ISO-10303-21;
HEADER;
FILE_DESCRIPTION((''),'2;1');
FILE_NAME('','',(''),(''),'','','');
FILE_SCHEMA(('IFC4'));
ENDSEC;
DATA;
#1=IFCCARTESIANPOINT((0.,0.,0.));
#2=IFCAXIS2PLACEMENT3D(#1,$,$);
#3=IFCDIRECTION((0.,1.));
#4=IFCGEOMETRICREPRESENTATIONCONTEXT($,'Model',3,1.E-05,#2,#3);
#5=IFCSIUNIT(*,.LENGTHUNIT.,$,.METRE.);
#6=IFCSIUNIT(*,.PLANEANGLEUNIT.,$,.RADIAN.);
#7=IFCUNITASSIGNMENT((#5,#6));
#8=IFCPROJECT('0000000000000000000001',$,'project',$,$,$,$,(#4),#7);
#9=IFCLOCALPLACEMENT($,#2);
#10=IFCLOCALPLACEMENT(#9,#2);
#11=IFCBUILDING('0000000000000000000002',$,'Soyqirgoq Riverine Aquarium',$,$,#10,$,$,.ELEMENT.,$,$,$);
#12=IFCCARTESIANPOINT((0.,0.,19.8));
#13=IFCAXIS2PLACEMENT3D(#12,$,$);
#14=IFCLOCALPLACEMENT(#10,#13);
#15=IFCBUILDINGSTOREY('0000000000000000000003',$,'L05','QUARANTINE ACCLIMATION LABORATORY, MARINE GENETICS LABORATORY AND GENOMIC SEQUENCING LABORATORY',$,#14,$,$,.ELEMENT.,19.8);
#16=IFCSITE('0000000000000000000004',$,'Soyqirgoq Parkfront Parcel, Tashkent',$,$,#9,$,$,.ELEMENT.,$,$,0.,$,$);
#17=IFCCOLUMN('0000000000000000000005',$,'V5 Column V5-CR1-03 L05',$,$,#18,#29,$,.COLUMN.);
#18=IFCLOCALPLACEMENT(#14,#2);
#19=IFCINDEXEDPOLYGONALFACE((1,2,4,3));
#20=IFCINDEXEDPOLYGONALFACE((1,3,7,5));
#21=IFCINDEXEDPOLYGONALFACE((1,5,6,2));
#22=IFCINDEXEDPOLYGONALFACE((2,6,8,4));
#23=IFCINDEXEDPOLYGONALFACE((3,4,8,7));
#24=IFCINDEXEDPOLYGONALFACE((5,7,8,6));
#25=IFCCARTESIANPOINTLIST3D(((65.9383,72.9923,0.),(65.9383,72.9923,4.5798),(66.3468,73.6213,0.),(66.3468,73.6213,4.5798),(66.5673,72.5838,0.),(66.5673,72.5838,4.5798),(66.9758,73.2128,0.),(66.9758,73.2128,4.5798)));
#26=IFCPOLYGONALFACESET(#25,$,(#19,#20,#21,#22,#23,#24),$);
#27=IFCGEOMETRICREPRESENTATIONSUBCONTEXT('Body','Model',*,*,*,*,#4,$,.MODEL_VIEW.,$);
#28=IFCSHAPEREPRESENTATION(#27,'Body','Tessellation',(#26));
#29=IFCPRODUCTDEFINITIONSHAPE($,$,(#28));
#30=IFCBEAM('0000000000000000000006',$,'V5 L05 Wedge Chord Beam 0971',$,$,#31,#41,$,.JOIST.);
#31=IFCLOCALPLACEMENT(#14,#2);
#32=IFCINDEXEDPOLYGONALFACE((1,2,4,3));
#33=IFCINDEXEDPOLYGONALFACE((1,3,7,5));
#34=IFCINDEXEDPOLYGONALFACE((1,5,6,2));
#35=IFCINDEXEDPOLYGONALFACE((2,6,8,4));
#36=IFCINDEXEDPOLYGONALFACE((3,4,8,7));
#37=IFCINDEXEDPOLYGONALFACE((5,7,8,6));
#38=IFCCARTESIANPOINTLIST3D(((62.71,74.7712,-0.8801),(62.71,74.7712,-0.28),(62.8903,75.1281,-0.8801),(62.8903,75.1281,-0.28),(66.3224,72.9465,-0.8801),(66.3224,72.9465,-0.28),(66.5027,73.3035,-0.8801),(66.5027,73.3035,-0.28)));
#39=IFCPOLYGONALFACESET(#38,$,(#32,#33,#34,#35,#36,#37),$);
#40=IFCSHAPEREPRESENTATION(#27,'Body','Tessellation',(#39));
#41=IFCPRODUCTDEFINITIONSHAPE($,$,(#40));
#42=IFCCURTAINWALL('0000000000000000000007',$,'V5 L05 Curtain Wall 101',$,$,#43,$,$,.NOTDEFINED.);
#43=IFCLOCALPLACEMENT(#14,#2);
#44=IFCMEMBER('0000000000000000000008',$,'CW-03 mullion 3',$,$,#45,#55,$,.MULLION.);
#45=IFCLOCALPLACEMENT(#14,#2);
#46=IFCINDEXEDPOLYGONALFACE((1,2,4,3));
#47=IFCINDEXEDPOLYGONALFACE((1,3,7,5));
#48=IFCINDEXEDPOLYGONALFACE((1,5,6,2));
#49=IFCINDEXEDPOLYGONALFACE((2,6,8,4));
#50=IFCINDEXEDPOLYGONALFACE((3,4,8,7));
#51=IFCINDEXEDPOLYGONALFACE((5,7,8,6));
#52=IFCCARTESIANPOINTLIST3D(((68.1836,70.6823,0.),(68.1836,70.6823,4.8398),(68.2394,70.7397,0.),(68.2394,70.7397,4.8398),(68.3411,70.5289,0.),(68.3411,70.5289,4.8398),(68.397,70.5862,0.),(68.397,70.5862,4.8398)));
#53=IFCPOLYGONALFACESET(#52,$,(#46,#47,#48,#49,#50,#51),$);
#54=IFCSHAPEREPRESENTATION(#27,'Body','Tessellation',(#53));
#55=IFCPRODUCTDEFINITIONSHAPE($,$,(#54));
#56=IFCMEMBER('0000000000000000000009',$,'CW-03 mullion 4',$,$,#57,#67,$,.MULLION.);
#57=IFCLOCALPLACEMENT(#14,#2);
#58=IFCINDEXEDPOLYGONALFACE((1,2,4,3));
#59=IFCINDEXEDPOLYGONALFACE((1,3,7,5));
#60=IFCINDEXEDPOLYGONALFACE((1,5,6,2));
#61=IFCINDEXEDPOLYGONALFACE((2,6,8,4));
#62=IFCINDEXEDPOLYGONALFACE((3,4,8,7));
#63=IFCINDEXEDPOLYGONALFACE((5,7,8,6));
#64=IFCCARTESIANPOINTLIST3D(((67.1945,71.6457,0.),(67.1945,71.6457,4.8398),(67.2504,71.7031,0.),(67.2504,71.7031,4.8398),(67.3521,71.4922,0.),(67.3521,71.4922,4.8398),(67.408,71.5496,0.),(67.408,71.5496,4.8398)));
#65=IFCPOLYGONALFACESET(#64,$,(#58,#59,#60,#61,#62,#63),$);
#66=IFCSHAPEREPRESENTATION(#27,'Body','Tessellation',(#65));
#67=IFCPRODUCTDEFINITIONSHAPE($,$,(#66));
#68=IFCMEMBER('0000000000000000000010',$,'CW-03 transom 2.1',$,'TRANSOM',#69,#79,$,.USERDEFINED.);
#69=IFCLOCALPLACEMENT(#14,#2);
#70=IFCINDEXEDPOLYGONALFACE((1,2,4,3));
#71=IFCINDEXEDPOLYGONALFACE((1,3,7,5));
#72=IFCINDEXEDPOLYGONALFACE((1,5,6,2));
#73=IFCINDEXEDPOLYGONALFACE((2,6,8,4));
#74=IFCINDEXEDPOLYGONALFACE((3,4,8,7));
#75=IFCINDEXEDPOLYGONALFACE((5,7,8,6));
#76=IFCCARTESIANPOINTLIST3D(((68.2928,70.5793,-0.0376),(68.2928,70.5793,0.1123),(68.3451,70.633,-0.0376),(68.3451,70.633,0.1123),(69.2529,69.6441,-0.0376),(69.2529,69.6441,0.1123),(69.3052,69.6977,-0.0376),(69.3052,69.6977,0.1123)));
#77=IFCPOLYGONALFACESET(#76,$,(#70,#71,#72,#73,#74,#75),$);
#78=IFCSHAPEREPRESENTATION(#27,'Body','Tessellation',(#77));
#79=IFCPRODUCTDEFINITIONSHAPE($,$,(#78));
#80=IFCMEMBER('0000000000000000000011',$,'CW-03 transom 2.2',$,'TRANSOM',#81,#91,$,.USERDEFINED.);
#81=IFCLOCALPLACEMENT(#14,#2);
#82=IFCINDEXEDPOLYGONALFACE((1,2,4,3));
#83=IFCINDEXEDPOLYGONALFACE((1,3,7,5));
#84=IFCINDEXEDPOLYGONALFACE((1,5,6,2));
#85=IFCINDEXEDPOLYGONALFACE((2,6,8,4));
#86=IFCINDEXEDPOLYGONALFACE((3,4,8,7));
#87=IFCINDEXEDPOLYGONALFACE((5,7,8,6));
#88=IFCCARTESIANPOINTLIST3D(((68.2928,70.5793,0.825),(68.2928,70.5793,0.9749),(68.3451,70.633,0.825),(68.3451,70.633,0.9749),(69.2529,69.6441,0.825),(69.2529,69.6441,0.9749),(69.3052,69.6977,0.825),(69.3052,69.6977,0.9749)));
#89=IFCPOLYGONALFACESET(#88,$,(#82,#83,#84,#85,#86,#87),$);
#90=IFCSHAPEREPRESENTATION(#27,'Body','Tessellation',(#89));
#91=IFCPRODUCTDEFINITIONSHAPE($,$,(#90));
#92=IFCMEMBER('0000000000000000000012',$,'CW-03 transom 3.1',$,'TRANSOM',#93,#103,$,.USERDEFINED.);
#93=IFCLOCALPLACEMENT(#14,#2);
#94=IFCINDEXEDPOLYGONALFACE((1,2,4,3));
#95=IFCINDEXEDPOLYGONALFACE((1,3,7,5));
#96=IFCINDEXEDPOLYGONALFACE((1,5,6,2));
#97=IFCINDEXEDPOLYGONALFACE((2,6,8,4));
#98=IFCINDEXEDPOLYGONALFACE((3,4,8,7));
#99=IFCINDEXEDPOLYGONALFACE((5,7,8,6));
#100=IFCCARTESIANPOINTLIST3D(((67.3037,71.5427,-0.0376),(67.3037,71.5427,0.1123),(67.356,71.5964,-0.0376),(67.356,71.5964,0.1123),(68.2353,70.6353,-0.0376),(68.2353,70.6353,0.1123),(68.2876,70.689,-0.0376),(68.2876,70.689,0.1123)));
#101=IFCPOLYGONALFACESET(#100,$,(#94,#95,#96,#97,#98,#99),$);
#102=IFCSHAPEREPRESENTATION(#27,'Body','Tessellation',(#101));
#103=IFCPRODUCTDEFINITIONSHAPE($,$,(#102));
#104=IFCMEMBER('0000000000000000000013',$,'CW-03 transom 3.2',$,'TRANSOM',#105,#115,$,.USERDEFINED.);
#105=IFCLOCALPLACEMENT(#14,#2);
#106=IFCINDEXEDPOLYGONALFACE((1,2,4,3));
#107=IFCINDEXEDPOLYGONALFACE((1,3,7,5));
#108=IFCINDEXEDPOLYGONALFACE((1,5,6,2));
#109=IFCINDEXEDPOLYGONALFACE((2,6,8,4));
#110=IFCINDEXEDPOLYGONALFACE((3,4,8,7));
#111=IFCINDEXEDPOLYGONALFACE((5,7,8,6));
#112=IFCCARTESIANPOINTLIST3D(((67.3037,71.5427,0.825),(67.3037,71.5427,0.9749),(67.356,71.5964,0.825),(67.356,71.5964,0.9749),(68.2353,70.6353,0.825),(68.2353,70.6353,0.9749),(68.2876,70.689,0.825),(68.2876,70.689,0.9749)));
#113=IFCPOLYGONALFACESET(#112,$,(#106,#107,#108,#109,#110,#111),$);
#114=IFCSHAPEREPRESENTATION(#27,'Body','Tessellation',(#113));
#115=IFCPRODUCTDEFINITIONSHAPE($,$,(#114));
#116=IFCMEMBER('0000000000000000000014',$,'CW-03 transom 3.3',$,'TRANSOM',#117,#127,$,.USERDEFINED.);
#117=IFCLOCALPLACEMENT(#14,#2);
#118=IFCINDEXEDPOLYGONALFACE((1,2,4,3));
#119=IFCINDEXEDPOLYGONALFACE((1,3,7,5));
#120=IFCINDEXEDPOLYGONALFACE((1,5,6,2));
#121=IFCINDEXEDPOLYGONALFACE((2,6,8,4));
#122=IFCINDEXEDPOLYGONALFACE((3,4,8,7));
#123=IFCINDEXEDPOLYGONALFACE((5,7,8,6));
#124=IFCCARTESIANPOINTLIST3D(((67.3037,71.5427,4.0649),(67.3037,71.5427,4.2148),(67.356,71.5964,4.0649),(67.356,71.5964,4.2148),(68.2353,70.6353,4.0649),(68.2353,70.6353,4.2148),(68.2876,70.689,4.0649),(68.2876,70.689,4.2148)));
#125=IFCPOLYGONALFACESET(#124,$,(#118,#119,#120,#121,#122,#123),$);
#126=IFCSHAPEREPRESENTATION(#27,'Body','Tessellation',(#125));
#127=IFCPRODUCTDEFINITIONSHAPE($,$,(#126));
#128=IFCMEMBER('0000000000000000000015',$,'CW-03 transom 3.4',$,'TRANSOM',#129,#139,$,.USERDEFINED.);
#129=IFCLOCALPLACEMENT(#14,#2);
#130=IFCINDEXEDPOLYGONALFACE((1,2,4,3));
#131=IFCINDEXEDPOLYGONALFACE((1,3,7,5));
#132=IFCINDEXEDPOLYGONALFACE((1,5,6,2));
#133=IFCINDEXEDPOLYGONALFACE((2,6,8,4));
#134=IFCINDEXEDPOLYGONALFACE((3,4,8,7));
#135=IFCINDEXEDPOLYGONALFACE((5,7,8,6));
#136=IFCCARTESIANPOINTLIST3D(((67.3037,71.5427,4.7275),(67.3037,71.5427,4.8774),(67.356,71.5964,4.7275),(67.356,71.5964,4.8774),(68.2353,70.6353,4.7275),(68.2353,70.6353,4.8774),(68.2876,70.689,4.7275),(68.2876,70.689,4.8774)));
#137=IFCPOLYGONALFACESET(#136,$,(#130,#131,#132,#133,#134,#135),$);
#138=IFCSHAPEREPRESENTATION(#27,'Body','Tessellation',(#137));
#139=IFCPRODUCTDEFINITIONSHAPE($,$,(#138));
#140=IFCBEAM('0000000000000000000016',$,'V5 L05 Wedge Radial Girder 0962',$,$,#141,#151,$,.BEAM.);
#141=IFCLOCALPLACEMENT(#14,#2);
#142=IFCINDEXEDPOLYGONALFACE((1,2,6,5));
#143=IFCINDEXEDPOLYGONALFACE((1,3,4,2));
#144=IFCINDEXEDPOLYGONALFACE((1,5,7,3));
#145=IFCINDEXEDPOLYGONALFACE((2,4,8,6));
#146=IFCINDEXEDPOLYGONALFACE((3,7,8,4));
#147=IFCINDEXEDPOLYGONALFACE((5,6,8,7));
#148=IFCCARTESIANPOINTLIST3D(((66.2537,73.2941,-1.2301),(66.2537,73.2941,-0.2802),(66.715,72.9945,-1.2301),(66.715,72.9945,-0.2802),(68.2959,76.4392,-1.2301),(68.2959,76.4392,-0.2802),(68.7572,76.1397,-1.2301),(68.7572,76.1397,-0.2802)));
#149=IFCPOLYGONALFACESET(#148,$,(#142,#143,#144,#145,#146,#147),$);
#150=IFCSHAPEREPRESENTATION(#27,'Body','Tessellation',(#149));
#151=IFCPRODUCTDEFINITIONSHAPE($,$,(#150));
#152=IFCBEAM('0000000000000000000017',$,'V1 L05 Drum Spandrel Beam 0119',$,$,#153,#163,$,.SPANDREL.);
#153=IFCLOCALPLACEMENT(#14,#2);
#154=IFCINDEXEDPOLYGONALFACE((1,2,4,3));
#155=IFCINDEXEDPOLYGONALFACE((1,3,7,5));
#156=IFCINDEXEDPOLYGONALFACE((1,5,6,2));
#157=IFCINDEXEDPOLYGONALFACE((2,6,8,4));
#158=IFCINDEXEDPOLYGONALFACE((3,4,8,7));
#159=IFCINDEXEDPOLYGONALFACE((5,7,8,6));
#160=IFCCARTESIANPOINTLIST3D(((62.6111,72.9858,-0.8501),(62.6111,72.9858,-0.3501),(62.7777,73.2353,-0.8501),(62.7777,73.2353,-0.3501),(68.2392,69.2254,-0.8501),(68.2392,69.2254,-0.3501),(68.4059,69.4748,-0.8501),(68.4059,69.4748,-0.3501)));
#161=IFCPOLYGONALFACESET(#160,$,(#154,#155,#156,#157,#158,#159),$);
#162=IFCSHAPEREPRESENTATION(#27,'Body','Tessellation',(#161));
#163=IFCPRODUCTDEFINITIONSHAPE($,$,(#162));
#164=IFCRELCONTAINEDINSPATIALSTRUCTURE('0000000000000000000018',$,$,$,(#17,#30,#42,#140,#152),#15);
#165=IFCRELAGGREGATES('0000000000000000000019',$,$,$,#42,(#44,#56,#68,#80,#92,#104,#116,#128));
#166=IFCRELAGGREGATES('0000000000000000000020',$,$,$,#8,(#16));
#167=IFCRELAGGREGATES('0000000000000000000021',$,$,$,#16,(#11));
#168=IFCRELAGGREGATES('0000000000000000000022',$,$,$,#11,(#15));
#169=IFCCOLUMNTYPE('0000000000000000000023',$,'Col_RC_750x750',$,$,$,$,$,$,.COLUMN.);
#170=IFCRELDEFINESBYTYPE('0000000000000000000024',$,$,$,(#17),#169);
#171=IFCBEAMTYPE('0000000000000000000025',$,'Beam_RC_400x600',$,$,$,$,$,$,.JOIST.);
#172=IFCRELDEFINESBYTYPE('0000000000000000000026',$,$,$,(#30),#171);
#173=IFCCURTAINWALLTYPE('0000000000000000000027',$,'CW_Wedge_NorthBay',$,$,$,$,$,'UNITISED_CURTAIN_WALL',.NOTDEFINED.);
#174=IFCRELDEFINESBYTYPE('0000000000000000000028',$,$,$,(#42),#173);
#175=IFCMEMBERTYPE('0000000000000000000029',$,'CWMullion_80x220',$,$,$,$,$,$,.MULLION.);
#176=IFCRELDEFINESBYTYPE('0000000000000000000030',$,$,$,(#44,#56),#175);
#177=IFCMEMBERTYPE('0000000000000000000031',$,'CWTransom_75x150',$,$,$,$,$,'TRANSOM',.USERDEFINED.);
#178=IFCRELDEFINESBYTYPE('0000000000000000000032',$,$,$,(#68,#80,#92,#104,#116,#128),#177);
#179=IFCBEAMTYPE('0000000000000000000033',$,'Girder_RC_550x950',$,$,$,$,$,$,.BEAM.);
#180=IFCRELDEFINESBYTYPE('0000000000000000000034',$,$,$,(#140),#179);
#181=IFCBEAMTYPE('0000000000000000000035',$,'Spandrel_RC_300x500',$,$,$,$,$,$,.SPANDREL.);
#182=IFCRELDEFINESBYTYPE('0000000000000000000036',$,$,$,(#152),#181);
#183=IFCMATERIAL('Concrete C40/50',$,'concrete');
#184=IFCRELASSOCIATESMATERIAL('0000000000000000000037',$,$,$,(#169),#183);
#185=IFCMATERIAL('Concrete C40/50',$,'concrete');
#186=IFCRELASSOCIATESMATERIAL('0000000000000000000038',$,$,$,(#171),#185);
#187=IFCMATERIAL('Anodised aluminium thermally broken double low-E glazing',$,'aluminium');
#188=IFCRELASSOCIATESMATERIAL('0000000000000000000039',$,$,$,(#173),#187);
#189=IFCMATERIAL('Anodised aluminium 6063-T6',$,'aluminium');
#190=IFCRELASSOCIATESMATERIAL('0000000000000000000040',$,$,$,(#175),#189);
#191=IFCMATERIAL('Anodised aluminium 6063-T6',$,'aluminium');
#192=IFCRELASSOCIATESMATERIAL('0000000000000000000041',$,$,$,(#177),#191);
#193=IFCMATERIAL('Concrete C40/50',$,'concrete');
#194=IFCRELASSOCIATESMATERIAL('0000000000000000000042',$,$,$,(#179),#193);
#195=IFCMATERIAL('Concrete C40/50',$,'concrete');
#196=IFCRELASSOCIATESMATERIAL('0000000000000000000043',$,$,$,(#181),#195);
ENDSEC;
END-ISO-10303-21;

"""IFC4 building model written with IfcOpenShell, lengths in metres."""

from ifc_helpers import new_model, si_unit, direction, frame, origin, origin_2d, place, context, subcontext, project, spatial, rectangle, extrude, material, material_profile, profile_set, type_object, element, aggregate, save


model = new_model("IFC4")

# Units and contexts
model_context = context("Model", 3, precision=1e-05, world=origin(), true_north=direction((0.0, 1.0)))
body_context = subcontext(model_context, "Body", "Model", "MODEL_VIEW")
ifc_project = project(units=[si_unit("LENGTHUNIT", "METRE"), si_unit("PLANEANGLEUNIT", "RADIAN")], contexts=[model_context])

# Site, building, storey
site_placement = place(None, origin())
site = spatial("IfcSite", under=ifc_project, at=site_placement, Name="Soyqirgoq Parkfront Parcel, Tashkent", CompositionType="ELEMENT", RefElevation=0.0)
building_placement = place(site_placement, origin())
building = spatial("IfcBuilding", under=site, at=building_placement, Name="Soyqirgoq Riverine Aquarium", CompositionType="ELEMENT")
storey_placement = place(building_placement, frame((0.0, 0.0, 19.8)))
storey = spatial("IfcBuildingStorey", under=building, at=storey_placement, Name="L05", Description="QUARANTINE ACCLIMATION LABORATORY, MARINE GENETICS LABORATORY AND GENOMIC SEQUENCING LABORATORY", CompositionType="ELEMENT", Elevation=19.8)

# Column
ifc_material_1 = material(Name="Concrete C40/50", Category="concrete")
ifc_material_profile_1 = material_profile(ifc_material_1, rectangle(XDim=0.75, YDim=0.75, at=origin_2d()), Name="RC 750x750")
ifc_profile_set_1 = profile_set([ifc_material_profile_1], Name="Concrete C40/50")
column_type_1 = type_object("IfcColumnType", Name="Col_RC_750x750", PredefinedType="COLUMN", material=ifc_profile_set_1)
column_placement = place(storey_placement, frame((66.457, 73.1025, 0.0), z_axis=(0.0, 0.0, 1.0), x_axis=(0.544639, 0.838671, 0.0)))
element("IfcColumn", 1, at=column_placement, inside=storey, type_object=column_type_1, Name="V5 Column V5-CR1-03 L05", PredefinedType="COLUMN", context=body_context, shape_type="SweptSolid", body=[
    extrude(rectangle(XDim=0.75, YDim=0.75, at=origin_2d()), origin(), (0.0, 0.0, 1.0), 4.5798),
])

# Beam
ifc_material_2 = material(Name="Concrete C40/50", Category="concrete")
ifc_material_profile_2 = material_profile(ifc_material_2, rectangle(XDim=0.3999, YDim=0.6001, at=origin_2d()), Name="RC 400x600")
ifc_profile_set_2 = profile_set([ifc_material_profile_2], Name="Concrete C40/50")
beam_type_1 = type_object("IfcBeamType", Name="Beam_RC_400x600", PredefinedType="JOIST", material=ifc_profile_set_2)
beam_1_placement = place(storey_placement, frame((66.4126, 73.125, -0.5801), z_axis=(-0.892598, 0.450853, 0.0), x_axis=(-0.450853, -0.892598, 0.0)))
element("IfcBeam", 2, at=beam_1_placement, inside=storey, type_object=beam_type_1, Name="V5 L05 Wedge Chord Beam 0971", PredefinedType="JOIST", context=body_context, shape_type="SweptSolid", body=[
    extrude(rectangle(XDim=0.3999, YDim=0.6001, at=origin_2d()), origin(), (0.0, 0.0, 1.0), 4.0471),
])

# Curtain wall, members
ifc_material_3 = material(Name="Anodised aluminium thermally broken double low-E glazing", Category="aluminium")
curtain_wall_type = type_object("IfcCurtainWallType", Name="CW_Wedge_NorthBay", ElementType="UNITISED_CURTAIN_WALL", PredefinedType="NOTDEFINED", material=ifc_material_3)
curtain_wall_placement = place(storey_placement, origin())
curtain_wall = element("IfcCurtainWall", 3, at=curtain_wall_placement, inside=storey, type_object=curtain_wall_type, Name="V5 L05 Curtain Wall 101", PredefinedType="NOTDEFINED")
ifc_material_4 = material(Name="Anodised aluminium 6063-T6", Category="aluminium")
ifc_material_profile_3 = material_profile(ifc_material_4, rectangle(XDim=0.0801, YDim=0.22, at=origin_2d()), Name="ALU-M 80x220")
ifc_profile_set_3 = profile_set([ifc_material_profile_3], Name="Anodised aluminium 6063-T6")
member_type_1 = type_object("IfcMemberType", Name="CWMullion_80x220", PredefinedType="MULLION", material=ifc_profile_set_3)
member_1_placement = place(storey_placement, frame((68.2903, 70.6343, 0.0), z_axis=(0.0, 0.0, 1.0), x_axis=(-0.69779, -0.716303, 0.0)))
member_1 = element("IfcMember", 4, at=member_1_placement, type_object=member_type_1, Name="CW-03 mullion 3", PredefinedType="MULLION", context=body_context, shape_type="SweptSolid", body=[
    extrude(rectangle(XDim=0.0801, YDim=0.22, at=origin_2d()), origin(), (0.0, 0.0, 1.0), 4.8398),
])
member_2_placement = place(storey_placement, frame((67.3013, 71.5977, 0.0), z_axis=(0.0, 0.0, 1.0), x_axis=(-0.69779, -0.716303, 0.0)))
member_2 = element("IfcMember", 5, at=member_2_placement, type_object=member_type_1, Name="CW-03 mullion 4", PredefinedType="MULLION", context=body_context, shape_type="SweptSolid", body=[
    extrude(rectangle(XDim=0.0801, YDim=0.22, at=origin_2d()), origin(), (0.0, 0.0, 1.0), 4.8398),
])
ifc_material_5 = material(Name="Anodised aluminium 6063-T6", Category="aluminium")
ifc_material_profile_4 = material_profile(ifc_material_5, rectangle(XDim=0.075, YDim=0.1499, at=origin_2d()), Name="ALU-T 75x150")
ifc_profile_set_4 = profile_set([ifc_material_profile_4], Name="Anodised aluminium 6063-T6")
member_type_2 = type_object("IfcMemberType", Name="CWTransom_75x150", ElementType="TRANSOM", PredefinedType="USERDEFINED", material=ifc_profile_set_4)
member_3_placement = place(storey_placement, frame((69.2791, 69.6709, 0.0374), z_axis=(-0.716335, 0.697757, 0.0), x_axis=(-0.697757, -0.716335, 0.0)))
member_3 = element("IfcMember", 6, at=member_3_placement, type_object=member_type_2, Name="CW-03 transom 2.1", ObjectType="TRANSOM", PredefinedType="USERDEFINED", context=body_context, shape_type="SweptSolid", body=[
    extrude(rectangle(XDim=0.075, YDim=0.1499, at=origin_2d()), origin(), (0.0, 0.0, 1.0), 1.3403),
])
member_4_placement = place(storey_placement, frame((69.2791, 69.6709, 0.8999), z_axis=(-0.716335, 0.697757, 0.0), x_axis=(-0.697757, -0.716335, 0.0)))
member_4 = element("IfcMember", 7, at=member_4_placement, type_object=member_type_2, Name="CW-03 transom 2.2", ObjectType="TRANSOM", PredefinedType="USERDEFINED", context=body_context, shape_type="SweptSolid", body=[
    extrude(rectangle(XDim=0.075, YDim=0.1499, at=origin_2d()), origin(), (0.0, 0.0, 1.0), 1.3403),
])
member_5_placement = place(storey_placement, frame((68.2615, 70.6621, 0.0374), z_axis=(-0.716338, 0.697754, 0.0), x_axis=(-0.697754, -0.716338, 0.0)))
member_5 = element("IfcMember", 8, at=member_5_placement, type_object=member_type_2, Name="CW-03 transom 3.1", ObjectType="TRANSOM", PredefinedType="USERDEFINED", context=body_context, shape_type="SweptSolid", body=[
    extrude(rectangle(XDim=0.075, YDim=0.1499, at=origin_2d()), origin(), (0.0, 0.0, 1.0), 1.3005),
])
member_6_placement = place(storey_placement, frame((68.2615, 70.6621, 0.8999), z_axis=(-0.716338, 0.697754, 0.0), x_axis=(-0.697754, -0.716338, 0.0)))
member_6 = element("IfcMember", 9, at=member_6_placement, type_object=member_type_2, Name="CW-03 transom 3.2", ObjectType="TRANSOM", PredefinedType="USERDEFINED", context=body_context, shape_type="SweptSolid", body=[
    extrude(rectangle(XDim=0.075, YDim=0.1499, at=origin_2d()), origin(), (0.0, 0.0, 1.0), 1.3005),
])
member_7_placement = place(storey_placement, frame((68.2615, 70.6621, 4.1399), z_axis=(-0.716338, 0.697754, 0.0), x_axis=(-0.697754, -0.716338, 0.0)))
member_7 = element("IfcMember", 10, at=member_7_placement, type_object=member_type_2, Name="CW-03 transom 3.3", ObjectType="TRANSOM", PredefinedType="USERDEFINED", context=body_context, shape_type="SweptSolid", body=[
    extrude(rectangle(XDim=0.075, YDim=0.1499, at=origin_2d()), origin(), (0.0, 0.0, 1.0), 1.3005),
])
member_8_placement = place(storey_placement, frame((68.2615, 70.6621, 4.8025), z_axis=(-0.716338, 0.697754, 0.0), x_axis=(-0.697754, -0.716338, 0.0)))
member_8 = element("IfcMember", 11, at=member_8_placement, type_object=member_type_2, Name="CW-03 transom 3.4", ObjectType="TRANSOM", PredefinedType="USERDEFINED", context=body_context, shape_type="SweptSolid", body=[
    extrude(rectangle(XDim=0.075, YDim=0.1499, at=origin_2d()), origin(), (0.0, 0.0, 1.0), 1.3005),
])

# Beams
ifc_material_6 = material(Name="Concrete C40/50", Category="concrete")
ifc_material_profile_5 = material_profile(ifc_material_6, rectangle(XDim=0.55, YDim=0.95, at=origin_2d()), Name="RC 550x950")
ifc_profile_set_5 = profile_set([ifc_material_profile_5], Name="Concrete C40/50")
beam_type_2 = type_object("IfcBeamType", Name="Girder_RC_550x950", PredefinedType="BEAM", material=ifc_profile_set_5)
beam_2_placement = place(storey_placement, frame((66.4844, 73.1443, -0.7551), z_axis=(0.544579, 0.83871, 0.0), x_axis=(-0.83871, 0.544579, 0.0)))
element("IfcBeam", 12, at=beam_2_placement, inside=storey, type_object=beam_type_2, Name="V5 L05 Wedge Radial Girder 0962", PredefinedType="BEAM", context=body_context, shape_type="SweptSolid", body=[
    extrude(rectangle(XDim=0.55, YDim=0.95, at=origin_2d()), origin(), (0.0, 0.0, 1.0), 3.75),
])
ifc_material_7 = material(Name="Concrete C40/50", Category="concrete")
ifc_material_profile_6 = material_profile(ifc_material_7, rectangle(XDim=0.3, YDim=0.5, at=origin_2d()), Name="RC 300x500")
ifc_profile_set_6 = profile_set([ifc_material_profile_6], Name="Concrete C40/50")
beam_type_3 = type_object("IfcBeamType", Name="Spandrel_RC_300x500", PredefinedType="SPANDREL", material=ifc_profile_set_6)
beam_3_placement = place(storey_placement, frame((68.3225, 69.3501, -0.6001), z_axis=(-0.831478, 0.555557, 0.0), x_axis=(-0.555557, -0.831478, 0.0)))
element("IfcBeam", 13, at=beam_3_placement, inside=storey, type_object=beam_type_3, Name="V1 L05 Drum Spandrel Beam 0119", PredefinedType="SPANDREL", context=body_context, shape_type="SweptSolid", body=[
    extrude(rectangle(XDim=0.3, YDim=0.5, at=origin_2d()), origin(), (0.0, 0.0, 1.0), 6.7688),
])

aggregate(curtain_wall, [member_1, member_2, member_3, member_4, member_5, member_6, member_7, member_8])

save(model, "model.ifc")
